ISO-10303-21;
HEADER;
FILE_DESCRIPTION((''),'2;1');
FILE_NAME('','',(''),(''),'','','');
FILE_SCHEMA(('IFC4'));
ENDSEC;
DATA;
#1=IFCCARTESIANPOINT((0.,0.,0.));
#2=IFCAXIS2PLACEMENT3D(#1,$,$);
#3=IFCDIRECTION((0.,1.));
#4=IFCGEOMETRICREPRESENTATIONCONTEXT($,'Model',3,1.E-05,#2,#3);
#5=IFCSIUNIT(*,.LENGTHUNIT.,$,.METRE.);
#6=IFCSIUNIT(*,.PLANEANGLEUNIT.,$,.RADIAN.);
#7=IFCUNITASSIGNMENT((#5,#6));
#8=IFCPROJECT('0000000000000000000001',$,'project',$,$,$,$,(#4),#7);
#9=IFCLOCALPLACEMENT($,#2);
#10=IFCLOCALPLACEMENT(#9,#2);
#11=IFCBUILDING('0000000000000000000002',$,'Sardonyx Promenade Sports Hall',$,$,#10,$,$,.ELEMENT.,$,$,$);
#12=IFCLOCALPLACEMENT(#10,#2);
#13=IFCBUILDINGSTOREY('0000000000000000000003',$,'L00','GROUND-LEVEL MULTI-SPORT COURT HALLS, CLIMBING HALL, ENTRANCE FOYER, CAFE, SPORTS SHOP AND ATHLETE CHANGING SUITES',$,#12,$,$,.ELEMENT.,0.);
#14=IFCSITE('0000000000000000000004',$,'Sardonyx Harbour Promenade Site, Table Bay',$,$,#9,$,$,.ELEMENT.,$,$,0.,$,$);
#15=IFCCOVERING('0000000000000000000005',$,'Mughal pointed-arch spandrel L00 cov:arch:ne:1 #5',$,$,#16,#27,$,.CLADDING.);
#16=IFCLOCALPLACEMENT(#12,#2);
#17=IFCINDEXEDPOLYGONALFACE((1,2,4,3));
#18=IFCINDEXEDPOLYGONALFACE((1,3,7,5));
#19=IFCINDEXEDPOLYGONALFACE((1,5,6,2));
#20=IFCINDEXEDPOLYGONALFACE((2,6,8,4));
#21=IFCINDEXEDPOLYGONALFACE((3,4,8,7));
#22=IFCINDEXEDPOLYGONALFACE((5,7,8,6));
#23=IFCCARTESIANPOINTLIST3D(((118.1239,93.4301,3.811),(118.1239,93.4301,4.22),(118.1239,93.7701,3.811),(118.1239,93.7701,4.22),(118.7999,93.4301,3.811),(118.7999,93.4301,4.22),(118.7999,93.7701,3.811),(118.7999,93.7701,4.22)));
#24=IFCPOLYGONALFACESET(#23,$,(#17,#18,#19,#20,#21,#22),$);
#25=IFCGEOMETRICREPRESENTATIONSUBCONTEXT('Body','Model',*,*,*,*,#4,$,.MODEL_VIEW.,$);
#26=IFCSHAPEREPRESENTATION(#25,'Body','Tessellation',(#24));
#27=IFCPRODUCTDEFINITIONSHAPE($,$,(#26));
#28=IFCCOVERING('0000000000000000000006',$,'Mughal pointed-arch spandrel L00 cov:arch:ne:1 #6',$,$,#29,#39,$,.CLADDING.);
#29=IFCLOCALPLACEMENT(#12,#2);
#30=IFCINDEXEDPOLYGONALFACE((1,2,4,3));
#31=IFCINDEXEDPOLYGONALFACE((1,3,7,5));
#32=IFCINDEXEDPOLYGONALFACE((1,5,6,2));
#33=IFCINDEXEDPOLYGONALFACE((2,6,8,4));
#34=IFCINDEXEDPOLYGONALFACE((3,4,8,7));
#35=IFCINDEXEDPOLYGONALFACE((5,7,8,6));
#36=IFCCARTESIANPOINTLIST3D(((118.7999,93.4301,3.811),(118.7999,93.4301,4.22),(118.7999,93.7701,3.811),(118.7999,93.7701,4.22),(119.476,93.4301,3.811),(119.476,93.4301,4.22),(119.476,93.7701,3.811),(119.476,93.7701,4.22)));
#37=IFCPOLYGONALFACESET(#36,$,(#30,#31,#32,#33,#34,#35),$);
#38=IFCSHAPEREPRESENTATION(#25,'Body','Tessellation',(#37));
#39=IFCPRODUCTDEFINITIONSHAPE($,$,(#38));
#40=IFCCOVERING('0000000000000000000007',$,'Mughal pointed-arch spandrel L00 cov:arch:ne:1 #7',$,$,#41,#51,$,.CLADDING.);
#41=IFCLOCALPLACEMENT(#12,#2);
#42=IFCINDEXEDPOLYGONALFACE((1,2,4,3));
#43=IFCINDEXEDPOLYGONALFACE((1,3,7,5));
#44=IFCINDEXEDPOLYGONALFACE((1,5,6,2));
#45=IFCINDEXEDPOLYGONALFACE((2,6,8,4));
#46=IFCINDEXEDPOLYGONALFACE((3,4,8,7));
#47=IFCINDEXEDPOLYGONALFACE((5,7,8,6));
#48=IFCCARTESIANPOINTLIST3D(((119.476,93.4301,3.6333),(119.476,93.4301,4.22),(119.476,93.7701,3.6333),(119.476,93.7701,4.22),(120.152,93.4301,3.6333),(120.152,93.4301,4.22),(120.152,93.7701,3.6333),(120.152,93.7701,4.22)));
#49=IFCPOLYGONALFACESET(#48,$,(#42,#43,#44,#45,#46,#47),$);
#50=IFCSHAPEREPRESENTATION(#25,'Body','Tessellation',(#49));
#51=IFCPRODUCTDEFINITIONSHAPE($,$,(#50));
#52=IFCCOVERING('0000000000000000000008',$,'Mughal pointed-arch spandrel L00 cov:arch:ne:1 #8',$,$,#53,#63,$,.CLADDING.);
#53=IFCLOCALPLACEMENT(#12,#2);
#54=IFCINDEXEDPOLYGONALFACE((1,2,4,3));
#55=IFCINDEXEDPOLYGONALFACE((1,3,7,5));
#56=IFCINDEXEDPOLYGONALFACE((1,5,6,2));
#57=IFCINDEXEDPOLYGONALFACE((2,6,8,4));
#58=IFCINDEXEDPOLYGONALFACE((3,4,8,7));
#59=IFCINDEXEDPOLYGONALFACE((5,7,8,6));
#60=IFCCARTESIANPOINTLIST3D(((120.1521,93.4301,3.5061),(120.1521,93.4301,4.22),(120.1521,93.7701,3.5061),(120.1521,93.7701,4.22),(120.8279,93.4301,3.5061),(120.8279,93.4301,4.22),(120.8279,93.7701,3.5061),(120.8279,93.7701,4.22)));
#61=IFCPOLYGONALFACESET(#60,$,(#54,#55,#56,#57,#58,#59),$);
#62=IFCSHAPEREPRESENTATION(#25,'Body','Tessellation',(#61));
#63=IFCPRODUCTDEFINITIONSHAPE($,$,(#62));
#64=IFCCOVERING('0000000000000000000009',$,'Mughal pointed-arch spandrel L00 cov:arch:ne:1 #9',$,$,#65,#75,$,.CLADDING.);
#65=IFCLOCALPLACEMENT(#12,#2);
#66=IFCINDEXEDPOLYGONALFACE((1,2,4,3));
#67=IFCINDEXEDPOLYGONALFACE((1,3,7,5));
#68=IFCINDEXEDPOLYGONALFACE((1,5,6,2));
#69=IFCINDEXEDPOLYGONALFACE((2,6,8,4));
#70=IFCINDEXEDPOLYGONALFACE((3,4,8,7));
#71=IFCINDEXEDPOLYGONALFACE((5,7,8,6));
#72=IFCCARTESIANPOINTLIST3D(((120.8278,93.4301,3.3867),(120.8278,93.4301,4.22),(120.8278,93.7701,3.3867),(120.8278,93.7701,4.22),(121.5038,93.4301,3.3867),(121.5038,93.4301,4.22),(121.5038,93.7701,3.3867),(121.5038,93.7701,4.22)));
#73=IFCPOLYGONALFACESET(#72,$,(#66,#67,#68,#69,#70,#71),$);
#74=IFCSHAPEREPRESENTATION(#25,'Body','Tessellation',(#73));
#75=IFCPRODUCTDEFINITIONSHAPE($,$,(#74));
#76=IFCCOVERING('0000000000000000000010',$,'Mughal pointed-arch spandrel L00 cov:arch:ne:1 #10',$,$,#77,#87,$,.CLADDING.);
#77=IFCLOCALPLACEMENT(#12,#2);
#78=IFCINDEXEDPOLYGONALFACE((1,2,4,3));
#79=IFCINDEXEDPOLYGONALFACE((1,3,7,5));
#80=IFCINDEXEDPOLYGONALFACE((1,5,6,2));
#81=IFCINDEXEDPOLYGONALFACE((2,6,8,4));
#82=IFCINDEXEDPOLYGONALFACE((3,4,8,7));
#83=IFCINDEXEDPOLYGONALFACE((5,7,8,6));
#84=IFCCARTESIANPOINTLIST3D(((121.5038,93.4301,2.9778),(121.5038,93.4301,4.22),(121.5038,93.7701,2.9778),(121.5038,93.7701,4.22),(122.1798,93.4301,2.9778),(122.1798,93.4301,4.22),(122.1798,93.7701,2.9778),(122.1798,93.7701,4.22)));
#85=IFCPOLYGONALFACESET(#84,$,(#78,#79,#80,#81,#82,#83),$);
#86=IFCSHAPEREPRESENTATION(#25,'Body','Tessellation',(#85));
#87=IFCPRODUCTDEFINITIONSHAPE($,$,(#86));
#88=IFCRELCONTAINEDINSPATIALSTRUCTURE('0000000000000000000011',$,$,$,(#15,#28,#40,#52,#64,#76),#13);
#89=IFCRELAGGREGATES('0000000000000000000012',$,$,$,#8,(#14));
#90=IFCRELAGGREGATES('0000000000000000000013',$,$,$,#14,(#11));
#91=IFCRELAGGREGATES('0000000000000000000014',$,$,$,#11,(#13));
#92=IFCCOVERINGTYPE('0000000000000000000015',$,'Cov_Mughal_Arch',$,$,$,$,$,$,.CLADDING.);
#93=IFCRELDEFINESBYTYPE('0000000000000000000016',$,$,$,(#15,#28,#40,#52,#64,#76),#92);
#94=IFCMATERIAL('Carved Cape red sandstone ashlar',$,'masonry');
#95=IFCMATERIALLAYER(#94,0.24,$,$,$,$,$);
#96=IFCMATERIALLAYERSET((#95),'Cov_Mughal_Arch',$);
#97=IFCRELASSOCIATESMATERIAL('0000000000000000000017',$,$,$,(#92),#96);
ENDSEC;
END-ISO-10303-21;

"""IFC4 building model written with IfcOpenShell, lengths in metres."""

from ifc_helpers import new_model, si_unit, direction, frame, frame_2d, origin, place, context, subcontext, project, spatial, rectangle, extrude, material, layer, layer_set, type_object, element, save


model = new_model("IFC4")

# Units and contexts
model_context = context("Model", 3, precision=1e-05, world=origin(), true_north=direction((0.0, 1.0)))
body_context = subcontext(model_context, "Body", "Model", "MODEL_VIEW")
ifc_project = project(units=[si_unit("LENGTHUNIT", "METRE"), si_unit("PLANEANGLEUNIT", "RADIAN")], contexts=[model_context])

# Site, building, storey
site_placement = place(None, origin())
site = spatial("IfcSite", under=ifc_project, at=site_placement, Name="Sardonyx Harbour Promenade Site, Table Bay", CompositionType="ELEMENT", RefElevation=0.0)
building_placement = place(site_placement, origin())
building = spatial("IfcBuilding", under=site, at=building_placement, Name="Sardonyx Promenade Sports Hall", CompositionType="ELEMENT")
storey_placement = place(building_placement, origin())
storey = spatial("IfcBuildingStorey", under=building, at=storey_placement, Name="L00", Description="GROUND-LEVEL MULTI-SPORT COURT HALLS, CLIMBING HALL, ENTRANCE FOYER, CAFE, SPORTS SHOP AND ATHLETE CHANGING SUITES", CompositionType="ELEMENT", Elevation=0.0)

# Coverings
ifc_material_1 = material(Name="Carved Cape red sandstone ashlar", Category="masonry")
ifc_layer_1 = layer(ifc_material_1, 0.24)
ifc_layer_set_1 = layer_set([ifc_layer_1], Name="Cov_Mughal_Arch")
covering_type = type_object("IfcCoveringType", Name="Cov_Mughal_Arch", PredefinedType="CLADDING", material=ifc_layer_set_1)
for number, where, z_axis, x_axis, name in (
    (1, (118.124, 93.6001, 3.811), (0.0, 0.0, 1.0), (1.0, 0.0, 0.0), "Mughal pointed-arch spandrel L00 cov:arch:ne:1 #5"),
    (2, (118.8, 93.6001, 3.811), (0.0, 0.0, 1.0), (1.0, 0.0, 0.0), "Mughal pointed-arch spandrel L00 cov:arch:ne:1 #6"),
):
    element("IfcCovering", number, at=place(storey_placement, frame(where, z_axis=z_axis, x_axis=x_axis)), inside=storey, type_object=covering_type, Name=name, PredefinedType="CLADDING", context=body_context, shape_type="SweptSolid", body=[
        extrude(rectangle(XDim=0.676, YDim=0.3401, at=frame_2d((0.3379, 0.0))), origin(), (0.0, 0.0, 1.0), 0.4089),
    ])
covering_1_placement = place(storey_placement, frame((119.4761, 93.6001, 3.6333), z_axis=(0.0, 0.0, 1.0), x_axis=(1.0, 0.0, 0.0)))
element("IfcCovering", 3, at=covering_1_placement, inside=storey, type_object=covering_type, Name="Mughal pointed-arch spandrel L00 cov:arch:ne:1 #7", PredefinedType="CLADDING", context=body_context, shape_type="SweptSolid", body=[
    extrude(rectangle(XDim=0.676, YDim=0.3401, at=frame_2d((0.3379, 0.0))), origin(), (0.0, 0.0, 1.0), 0.5867),
])
covering_2_placement = place(storey_placement, frame((120.1521, 93.6001, 3.5061), z_axis=(0.0, 0.0, 1.0), x_axis=(1.0, 0.0, 0.0)))
element("IfcCovering", 4, at=covering_2_placement, inside=storey, type_object=covering_type, Name="Mughal pointed-arch spandrel L00 cov:arch:ne:1 #8", PredefinedType="CLADDING", context=body_context, shape_type="SweptSolid", body=[
    extrude(rectangle(XDim=0.6758, YDim=0.3401, at=frame_2d((0.3379, 0.0))), origin(), (0.0, 0.0, 1.0), 0.7139),
])
covering_3_placement = place(storey_placement, frame((120.8279, 93.6001, 3.3867), z_axis=(0.0, 0.0, 1.0), x_axis=(1.0, 0.0, 0.0)))
element("IfcCovering", 5, at=covering_3_placement, inside=storey, type_object=covering_type, Name="Mughal pointed-arch spandrel L00 cov:arch:ne:1 #9", PredefinedType="CLADDING", context=body_context, shape_type="SweptSolid", body=[
    extrude(rectangle(XDim=0.676, YDim=0.3401, at=frame_2d((0.3379, 0.0))), origin(), (0.0, 0.0, 1.0), 0.8333),
])
covering_4_placement = place(storey_placement, frame((121.5039, 93.6001, 2.9778), z_axis=(0.0, 0.0, 1.0), x_axis=(1.0, 0.0, 0.0)))
element("IfcCovering", 6, at=covering_4_placement, inside=storey, type_object=covering_type, Name="Mughal pointed-arch spandrel L00 cov:arch:ne:1 #10", PredefinedType="CLADDING", context=body_context, shape_type="SweptSolid", body=[
    extrude(rectangle(XDim=0.676, YDim=0.3401, at=frame_2d((0.3379, 0.0))), origin(), (0.0, 0.0, 1.0), 1.2422),
])

save(model, "model.ifc")
